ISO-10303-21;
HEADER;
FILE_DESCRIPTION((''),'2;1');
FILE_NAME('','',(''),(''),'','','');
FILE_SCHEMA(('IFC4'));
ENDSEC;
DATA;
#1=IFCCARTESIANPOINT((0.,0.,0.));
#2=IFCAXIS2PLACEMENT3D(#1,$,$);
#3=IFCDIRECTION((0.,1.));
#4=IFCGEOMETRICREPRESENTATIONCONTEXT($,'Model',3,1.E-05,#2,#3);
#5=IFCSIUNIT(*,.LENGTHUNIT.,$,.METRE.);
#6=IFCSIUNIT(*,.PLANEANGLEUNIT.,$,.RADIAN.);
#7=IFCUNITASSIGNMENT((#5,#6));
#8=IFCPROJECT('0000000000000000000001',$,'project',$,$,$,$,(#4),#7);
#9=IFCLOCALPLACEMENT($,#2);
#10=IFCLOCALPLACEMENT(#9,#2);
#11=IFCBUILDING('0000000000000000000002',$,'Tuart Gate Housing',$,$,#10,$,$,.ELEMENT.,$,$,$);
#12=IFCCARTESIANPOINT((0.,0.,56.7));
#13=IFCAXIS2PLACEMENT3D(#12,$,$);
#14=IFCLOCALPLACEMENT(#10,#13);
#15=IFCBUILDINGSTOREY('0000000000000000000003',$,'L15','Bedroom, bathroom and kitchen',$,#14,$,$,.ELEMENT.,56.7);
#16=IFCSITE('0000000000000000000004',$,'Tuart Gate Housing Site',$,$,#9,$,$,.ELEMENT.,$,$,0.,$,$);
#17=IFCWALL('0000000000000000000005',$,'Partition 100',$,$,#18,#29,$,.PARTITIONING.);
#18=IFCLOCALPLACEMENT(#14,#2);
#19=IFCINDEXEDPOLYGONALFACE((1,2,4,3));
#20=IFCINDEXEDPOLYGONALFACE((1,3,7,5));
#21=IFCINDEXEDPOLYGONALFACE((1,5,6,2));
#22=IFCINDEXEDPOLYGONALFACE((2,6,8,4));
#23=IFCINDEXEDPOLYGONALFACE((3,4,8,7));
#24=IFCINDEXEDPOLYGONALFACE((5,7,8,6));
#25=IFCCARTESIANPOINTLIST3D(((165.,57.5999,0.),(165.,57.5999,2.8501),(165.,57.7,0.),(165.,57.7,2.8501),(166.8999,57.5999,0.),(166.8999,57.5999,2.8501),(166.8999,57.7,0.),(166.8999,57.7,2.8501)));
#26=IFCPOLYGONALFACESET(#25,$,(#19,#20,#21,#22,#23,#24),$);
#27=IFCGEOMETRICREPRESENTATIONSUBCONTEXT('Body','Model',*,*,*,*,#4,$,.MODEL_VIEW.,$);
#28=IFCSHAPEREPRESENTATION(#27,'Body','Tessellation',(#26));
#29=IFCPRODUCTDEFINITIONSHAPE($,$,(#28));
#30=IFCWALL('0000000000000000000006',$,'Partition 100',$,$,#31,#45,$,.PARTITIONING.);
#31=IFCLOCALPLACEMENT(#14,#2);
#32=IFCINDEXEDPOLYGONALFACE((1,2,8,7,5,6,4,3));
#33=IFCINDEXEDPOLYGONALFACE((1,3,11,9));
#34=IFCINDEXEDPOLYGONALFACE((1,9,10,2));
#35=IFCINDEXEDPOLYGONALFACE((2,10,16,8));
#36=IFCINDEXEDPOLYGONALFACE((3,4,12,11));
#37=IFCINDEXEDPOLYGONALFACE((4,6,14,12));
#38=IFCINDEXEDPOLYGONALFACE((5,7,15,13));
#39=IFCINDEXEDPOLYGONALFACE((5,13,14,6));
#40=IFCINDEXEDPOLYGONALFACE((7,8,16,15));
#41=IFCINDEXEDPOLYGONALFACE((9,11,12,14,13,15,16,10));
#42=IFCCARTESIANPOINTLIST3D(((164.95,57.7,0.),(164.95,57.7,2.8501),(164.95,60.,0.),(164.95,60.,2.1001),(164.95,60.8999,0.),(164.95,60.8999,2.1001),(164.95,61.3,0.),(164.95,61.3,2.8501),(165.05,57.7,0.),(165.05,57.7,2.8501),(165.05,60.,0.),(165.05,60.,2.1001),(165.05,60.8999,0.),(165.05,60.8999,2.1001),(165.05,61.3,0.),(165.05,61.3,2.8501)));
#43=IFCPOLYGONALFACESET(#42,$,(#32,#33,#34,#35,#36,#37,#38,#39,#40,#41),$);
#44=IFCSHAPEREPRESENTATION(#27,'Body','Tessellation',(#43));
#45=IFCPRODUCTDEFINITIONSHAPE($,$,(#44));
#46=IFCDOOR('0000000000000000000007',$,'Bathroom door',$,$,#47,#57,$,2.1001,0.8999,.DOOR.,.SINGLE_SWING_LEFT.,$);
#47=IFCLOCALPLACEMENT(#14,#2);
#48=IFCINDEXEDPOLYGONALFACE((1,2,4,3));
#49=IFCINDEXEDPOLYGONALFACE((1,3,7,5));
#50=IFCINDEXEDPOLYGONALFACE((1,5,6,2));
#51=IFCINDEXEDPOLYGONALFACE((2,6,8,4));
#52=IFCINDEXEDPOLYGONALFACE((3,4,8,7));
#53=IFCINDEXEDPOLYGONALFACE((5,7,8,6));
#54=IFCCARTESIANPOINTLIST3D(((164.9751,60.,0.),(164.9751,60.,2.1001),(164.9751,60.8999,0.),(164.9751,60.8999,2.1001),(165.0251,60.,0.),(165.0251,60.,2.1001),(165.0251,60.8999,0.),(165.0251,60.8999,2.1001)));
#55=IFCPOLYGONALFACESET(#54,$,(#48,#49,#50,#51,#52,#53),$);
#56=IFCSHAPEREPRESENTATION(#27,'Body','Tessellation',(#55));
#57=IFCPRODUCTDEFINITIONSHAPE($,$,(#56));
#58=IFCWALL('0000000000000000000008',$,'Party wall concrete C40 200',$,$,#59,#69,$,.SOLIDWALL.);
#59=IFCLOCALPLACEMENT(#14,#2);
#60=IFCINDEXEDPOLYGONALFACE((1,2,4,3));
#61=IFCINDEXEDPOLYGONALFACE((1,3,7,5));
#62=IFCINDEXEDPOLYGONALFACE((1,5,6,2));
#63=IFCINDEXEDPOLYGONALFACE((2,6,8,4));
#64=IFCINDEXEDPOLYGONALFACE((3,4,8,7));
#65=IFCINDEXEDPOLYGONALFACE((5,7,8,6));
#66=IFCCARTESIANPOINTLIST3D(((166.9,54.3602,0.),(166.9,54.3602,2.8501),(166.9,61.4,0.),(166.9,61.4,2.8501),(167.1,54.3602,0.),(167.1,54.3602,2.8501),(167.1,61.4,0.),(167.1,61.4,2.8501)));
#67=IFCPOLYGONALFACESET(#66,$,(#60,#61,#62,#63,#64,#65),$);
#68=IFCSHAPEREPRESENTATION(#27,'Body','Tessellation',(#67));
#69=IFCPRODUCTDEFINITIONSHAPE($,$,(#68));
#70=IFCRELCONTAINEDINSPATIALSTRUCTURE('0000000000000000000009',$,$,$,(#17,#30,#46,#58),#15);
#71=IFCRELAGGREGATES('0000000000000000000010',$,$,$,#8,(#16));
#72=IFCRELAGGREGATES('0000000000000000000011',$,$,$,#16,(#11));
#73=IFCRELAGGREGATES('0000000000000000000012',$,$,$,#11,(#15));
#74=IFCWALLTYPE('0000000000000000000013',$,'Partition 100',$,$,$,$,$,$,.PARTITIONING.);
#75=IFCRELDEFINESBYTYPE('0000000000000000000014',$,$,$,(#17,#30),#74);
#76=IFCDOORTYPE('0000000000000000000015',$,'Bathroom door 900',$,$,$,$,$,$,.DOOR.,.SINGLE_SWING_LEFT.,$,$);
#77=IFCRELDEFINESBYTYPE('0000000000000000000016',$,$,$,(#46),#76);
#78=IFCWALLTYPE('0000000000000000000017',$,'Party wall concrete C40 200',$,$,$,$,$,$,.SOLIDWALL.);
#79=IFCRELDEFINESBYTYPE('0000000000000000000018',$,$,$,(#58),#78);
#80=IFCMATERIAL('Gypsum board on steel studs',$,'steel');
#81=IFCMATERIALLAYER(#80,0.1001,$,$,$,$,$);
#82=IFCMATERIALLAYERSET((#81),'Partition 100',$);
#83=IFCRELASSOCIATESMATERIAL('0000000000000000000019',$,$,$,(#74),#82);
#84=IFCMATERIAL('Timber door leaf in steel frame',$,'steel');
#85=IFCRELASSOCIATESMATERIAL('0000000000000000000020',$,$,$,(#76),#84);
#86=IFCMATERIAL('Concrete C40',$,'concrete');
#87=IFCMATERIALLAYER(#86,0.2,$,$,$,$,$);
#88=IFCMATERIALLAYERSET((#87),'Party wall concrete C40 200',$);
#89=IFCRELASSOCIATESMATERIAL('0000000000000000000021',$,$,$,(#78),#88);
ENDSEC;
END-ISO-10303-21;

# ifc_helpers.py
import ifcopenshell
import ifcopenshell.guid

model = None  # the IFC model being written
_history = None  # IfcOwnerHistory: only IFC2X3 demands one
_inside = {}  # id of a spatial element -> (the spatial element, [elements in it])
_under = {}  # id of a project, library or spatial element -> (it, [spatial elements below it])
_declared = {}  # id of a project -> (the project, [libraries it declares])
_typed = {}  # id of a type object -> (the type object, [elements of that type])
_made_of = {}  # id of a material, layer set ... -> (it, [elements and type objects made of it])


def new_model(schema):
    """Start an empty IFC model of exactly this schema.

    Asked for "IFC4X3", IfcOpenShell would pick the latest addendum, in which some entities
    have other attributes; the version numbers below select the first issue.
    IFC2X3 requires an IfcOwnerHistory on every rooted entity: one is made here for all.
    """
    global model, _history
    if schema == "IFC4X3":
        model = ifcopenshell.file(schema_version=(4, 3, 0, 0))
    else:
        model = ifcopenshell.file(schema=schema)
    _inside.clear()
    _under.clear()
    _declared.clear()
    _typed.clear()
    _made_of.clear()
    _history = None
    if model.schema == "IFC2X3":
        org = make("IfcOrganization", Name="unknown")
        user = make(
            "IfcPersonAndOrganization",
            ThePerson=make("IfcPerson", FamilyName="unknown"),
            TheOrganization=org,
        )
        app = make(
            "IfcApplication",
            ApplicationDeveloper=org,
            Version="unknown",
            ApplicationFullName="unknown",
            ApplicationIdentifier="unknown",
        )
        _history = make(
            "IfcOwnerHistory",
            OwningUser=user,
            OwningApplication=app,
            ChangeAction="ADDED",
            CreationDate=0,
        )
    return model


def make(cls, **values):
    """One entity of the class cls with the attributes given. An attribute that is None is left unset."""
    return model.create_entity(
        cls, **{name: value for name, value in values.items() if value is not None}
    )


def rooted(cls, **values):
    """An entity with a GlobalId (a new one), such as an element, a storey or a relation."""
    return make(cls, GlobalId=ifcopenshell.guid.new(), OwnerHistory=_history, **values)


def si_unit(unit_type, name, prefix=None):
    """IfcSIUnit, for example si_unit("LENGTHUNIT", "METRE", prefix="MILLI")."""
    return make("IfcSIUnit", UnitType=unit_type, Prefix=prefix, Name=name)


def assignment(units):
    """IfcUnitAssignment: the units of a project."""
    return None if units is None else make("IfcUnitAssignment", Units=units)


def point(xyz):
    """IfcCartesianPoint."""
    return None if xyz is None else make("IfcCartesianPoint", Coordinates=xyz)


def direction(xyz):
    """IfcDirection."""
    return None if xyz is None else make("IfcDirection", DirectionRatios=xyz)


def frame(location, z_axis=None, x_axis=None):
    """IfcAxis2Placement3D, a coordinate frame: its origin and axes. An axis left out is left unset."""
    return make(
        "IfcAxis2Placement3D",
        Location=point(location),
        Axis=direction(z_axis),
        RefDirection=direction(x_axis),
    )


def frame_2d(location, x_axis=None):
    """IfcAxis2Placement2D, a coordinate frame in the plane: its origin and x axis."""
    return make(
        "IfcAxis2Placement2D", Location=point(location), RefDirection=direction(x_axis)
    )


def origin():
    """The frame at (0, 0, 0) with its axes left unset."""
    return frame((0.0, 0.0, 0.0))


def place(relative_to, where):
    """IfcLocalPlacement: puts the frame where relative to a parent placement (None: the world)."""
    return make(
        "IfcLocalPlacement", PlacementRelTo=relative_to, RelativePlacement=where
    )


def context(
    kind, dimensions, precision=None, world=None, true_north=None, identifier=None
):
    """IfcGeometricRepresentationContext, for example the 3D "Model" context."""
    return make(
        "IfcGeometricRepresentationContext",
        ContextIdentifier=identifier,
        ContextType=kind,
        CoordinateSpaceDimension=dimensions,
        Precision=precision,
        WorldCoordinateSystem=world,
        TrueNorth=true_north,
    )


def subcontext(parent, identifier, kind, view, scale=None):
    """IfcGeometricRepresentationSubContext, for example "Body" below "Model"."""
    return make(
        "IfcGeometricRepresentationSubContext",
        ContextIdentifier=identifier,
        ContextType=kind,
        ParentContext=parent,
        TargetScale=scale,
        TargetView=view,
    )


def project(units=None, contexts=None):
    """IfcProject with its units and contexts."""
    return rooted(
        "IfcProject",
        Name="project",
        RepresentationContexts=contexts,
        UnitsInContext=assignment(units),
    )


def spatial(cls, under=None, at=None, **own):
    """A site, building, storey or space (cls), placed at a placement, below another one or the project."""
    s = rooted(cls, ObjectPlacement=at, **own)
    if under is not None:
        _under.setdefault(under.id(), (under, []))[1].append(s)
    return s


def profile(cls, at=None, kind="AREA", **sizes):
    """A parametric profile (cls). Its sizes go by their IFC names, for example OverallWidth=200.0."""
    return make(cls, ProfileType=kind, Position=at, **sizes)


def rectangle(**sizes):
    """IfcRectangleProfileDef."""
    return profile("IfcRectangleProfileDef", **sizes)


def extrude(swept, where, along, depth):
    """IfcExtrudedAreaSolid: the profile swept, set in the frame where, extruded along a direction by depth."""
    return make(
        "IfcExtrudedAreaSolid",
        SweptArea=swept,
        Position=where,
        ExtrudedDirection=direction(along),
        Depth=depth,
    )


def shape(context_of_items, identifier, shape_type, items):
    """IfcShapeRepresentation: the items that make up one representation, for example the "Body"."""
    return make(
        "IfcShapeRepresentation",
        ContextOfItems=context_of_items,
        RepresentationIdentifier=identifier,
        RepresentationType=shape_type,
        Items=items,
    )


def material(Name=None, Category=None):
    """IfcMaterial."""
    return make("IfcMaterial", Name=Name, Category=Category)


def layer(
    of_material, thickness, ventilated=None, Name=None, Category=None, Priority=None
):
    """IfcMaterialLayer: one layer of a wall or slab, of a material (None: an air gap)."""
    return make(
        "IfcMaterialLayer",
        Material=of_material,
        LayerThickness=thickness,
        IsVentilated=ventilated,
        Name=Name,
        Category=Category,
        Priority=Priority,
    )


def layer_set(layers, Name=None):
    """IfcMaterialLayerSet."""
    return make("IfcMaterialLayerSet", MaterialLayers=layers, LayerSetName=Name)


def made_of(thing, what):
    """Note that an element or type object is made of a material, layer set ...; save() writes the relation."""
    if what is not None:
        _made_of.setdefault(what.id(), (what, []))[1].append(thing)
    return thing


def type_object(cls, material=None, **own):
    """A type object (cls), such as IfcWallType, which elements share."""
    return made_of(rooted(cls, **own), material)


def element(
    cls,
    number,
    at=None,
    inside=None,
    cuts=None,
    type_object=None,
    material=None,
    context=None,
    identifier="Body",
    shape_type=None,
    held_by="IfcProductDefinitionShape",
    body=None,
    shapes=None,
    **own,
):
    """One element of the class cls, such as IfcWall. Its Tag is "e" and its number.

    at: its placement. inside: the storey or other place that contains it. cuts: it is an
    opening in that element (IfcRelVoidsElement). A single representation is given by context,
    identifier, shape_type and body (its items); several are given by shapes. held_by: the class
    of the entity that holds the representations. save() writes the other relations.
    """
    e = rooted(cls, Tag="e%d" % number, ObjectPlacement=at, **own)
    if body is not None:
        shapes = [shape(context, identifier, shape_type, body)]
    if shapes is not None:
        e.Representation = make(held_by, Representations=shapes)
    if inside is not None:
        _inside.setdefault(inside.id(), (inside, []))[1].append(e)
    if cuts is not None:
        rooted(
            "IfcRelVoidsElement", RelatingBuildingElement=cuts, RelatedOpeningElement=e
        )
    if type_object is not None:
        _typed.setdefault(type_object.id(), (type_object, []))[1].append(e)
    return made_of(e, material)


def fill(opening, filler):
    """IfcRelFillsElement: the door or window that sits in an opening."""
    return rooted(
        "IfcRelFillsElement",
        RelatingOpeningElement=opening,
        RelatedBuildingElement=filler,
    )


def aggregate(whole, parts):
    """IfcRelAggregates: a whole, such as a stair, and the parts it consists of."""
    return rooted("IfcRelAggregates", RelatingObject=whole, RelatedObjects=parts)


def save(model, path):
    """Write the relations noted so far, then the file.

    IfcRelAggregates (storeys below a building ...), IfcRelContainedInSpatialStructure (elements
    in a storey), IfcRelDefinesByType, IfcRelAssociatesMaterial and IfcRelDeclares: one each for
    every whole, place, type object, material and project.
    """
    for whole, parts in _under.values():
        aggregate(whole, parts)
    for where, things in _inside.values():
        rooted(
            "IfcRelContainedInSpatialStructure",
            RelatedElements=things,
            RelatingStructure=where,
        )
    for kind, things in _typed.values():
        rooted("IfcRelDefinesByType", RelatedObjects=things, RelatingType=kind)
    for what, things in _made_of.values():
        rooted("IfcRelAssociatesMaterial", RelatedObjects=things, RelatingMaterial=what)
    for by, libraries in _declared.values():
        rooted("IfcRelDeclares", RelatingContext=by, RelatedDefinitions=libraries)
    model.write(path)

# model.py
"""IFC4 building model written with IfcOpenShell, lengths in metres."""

from ifc_helpers import new_model, si_unit, direction, frame, frame_2d, origin, place, context, subcontext, project, spatial, rectangle, extrude, material, layer, layer_set, type_object, element, fill, save


model = new_model("IFC4")

# Units and contexts
model_context = context("Model", 3, precision=1e-05, world=origin(), true_north=direction((0.0, 1.0)))
body_context = subcontext(model_context, "Body", "Model", "MODEL_VIEW")
ifc_project = project(units=[si_unit("LENGTHUNIT", "METRE"), si_unit("PLANEANGLEUNIT", "RADIAN")], contexts=[model_context])

# Site, building, storey
site_placement = place(None, origin())
site = spatial("IfcSite", under=ifc_project, at=site_placement, Name="Tuart Gate Housing Site", CompositionType="ELEMENT", RefElevation=0.0)
building_placement = place(site_placement, origin())
building = spatial("IfcBuilding", under=site, at=building_placement, Name="Tuart Gate Housing", CompositionType="ELEMENT")
storey_placement = place(building_placement, frame((0.0, 0.0, 56.7)))
storey = spatial("IfcBuildingStorey", under=building, at=storey_placement, Name="L15", Description="Bedroom, bathroom and kitchen", CompositionType="ELEMENT", Elevation=56.7)

# Wall
ifc_material_1 = material(Name="Gypsum board on steel studs", Category="steel")
ifc_layer_1 = layer(ifc_material_1, 0.1001)
ifc_layer_set_1 = layer_set([ifc_layer_1], Name="Partition 100")
wall_type_1 = type_object("IfcWallType", Name="Partition 100", PredefinedType="PARTITIONING", material=ifc_layer_set_1)
wall_1_placement = place(storey_placement, frame((165.0, 57.6499, 0.0), z_axis=(0.0, 0.0, 1.0), x_axis=(1.0, 0.0, 0.0)))
element("IfcWall", 1, at=wall_1_placement, inside=storey, type_object=wall_type_1, Name="Partition 100", PredefinedType="PARTITIONING", context=body_context, shape_type="SweptSolid", body=[
    extrude(rectangle(XDim=1.8999, YDim=0.1001, at=frame_2d((0.95, 0.0))), origin(), (0.0, 0.0, 1.0), 2.8501),
])

# Wall, opening, door
wall_2_placement = place(storey_placement, frame((165.0, 57.7, 0.0), z_axis=(0.0, 0.0, 1.0), x_axis=(0.0, 1.0, 0.0)))
wall_2 = element("IfcWall", 2, at=wall_2_placement, inside=storey, type_object=wall_type_1, Name="Partition 100", PredefinedType="PARTITIONING", context=body_context, shape_type="SweptSolid", body=[
    extrude(rectangle(XDim=3.6001, YDim=0.1001, at=frame_2d((1.8, 0.0))), origin(), (0.0, 0.0, 1.0), 2.8501),
])
opening_placement = place(wall_2_placement, frame((2.3, 0.0, 0.0)))
opening = element("IfcOpeningElement", 3, at=opening_placement, cuts=wall_2, PredefinedType="OPENING", context=body_context, shape_type="SweptSolid", body=[
    extrude(rectangle(XDim=0.8999, YDim=2.1001, at=frame_2d((0.45, 1.05))), frame((0.0, 0.0601, 0.0), z_axis=(0.0, -1.0, 0.0), x_axis=(1.0, 0.0, 0.0)), (0.0, 0.0, 1.0), 0.1201),
])
ifc_material_2 = material(Name="Timber door leaf in steel frame", Category="steel")
door_type = type_object("IfcDoorType", Name="Bathroom door 900", OperationType="SINGLE_SWING_LEFT", PredefinedType="DOOR", material=ifc_material_2)
door_placement = place(opening_placement, frame((0.8999, 0.0, 0.0), z_axis=(0.0, 0.0, 1.0), x_axis=(-1.0, 0.0, 0.0)))
door = element("IfcDoor", 4, at=door_placement, inside=storey, type_object=door_type, Name="Bathroom door", OperationType="SINGLE_SWING_LEFT", OverallHeight=2.1001, OverallWidth=0.8999, PredefinedType="DOOR", context=body_context, shape_type="SweptSolid", body=[
    extrude(rectangle(XDim=0.8999, YDim=2.1001, at=frame_2d((0.45, 1.05))), frame((0.0, 0.0251, 0.0), z_axis=(0.0, -1.0, 0.0), x_axis=(1.0, 0.0, 0.0)), (0.0, 0.0, 1.0), 0.05),
])
fill(opening, door)

# Wall
ifc_material_3 = material(Name="Concrete C40", Category="concrete")
ifc_layer_2 = layer(ifc_material_3, 0.2)
ifc_layer_set_2 = layer_set([ifc_layer_2], Name="Party wall concrete C40 200")
wall_type_2 = type_object("IfcWallType", Name="Party wall concrete C40 200", PredefinedType="SOLIDWALL", material=ifc_layer_set_2)
wall_3_placement = place(storey_placement, frame((167.0, 54.3601, 0.0), z_axis=(0.0, 0.0, 1.0), x_axis=(0.0, 1.0, 0.0)))
element("IfcWall", 5, at=wall_3_placement, inside=storey, type_object=wall_type_2, Name="Party wall concrete C40 200", PredefinedType="SOLIDWALL", context=body_context, shape_type="SweptSolid", body=[
    extrude(rectangle(XDim=7.0398, YDim=0.2, at=frame_2d((3.52, 0.0))), origin(), (0.0, 0.0, 1.0), 2.8501),
])

save(model, "model.ifc")
